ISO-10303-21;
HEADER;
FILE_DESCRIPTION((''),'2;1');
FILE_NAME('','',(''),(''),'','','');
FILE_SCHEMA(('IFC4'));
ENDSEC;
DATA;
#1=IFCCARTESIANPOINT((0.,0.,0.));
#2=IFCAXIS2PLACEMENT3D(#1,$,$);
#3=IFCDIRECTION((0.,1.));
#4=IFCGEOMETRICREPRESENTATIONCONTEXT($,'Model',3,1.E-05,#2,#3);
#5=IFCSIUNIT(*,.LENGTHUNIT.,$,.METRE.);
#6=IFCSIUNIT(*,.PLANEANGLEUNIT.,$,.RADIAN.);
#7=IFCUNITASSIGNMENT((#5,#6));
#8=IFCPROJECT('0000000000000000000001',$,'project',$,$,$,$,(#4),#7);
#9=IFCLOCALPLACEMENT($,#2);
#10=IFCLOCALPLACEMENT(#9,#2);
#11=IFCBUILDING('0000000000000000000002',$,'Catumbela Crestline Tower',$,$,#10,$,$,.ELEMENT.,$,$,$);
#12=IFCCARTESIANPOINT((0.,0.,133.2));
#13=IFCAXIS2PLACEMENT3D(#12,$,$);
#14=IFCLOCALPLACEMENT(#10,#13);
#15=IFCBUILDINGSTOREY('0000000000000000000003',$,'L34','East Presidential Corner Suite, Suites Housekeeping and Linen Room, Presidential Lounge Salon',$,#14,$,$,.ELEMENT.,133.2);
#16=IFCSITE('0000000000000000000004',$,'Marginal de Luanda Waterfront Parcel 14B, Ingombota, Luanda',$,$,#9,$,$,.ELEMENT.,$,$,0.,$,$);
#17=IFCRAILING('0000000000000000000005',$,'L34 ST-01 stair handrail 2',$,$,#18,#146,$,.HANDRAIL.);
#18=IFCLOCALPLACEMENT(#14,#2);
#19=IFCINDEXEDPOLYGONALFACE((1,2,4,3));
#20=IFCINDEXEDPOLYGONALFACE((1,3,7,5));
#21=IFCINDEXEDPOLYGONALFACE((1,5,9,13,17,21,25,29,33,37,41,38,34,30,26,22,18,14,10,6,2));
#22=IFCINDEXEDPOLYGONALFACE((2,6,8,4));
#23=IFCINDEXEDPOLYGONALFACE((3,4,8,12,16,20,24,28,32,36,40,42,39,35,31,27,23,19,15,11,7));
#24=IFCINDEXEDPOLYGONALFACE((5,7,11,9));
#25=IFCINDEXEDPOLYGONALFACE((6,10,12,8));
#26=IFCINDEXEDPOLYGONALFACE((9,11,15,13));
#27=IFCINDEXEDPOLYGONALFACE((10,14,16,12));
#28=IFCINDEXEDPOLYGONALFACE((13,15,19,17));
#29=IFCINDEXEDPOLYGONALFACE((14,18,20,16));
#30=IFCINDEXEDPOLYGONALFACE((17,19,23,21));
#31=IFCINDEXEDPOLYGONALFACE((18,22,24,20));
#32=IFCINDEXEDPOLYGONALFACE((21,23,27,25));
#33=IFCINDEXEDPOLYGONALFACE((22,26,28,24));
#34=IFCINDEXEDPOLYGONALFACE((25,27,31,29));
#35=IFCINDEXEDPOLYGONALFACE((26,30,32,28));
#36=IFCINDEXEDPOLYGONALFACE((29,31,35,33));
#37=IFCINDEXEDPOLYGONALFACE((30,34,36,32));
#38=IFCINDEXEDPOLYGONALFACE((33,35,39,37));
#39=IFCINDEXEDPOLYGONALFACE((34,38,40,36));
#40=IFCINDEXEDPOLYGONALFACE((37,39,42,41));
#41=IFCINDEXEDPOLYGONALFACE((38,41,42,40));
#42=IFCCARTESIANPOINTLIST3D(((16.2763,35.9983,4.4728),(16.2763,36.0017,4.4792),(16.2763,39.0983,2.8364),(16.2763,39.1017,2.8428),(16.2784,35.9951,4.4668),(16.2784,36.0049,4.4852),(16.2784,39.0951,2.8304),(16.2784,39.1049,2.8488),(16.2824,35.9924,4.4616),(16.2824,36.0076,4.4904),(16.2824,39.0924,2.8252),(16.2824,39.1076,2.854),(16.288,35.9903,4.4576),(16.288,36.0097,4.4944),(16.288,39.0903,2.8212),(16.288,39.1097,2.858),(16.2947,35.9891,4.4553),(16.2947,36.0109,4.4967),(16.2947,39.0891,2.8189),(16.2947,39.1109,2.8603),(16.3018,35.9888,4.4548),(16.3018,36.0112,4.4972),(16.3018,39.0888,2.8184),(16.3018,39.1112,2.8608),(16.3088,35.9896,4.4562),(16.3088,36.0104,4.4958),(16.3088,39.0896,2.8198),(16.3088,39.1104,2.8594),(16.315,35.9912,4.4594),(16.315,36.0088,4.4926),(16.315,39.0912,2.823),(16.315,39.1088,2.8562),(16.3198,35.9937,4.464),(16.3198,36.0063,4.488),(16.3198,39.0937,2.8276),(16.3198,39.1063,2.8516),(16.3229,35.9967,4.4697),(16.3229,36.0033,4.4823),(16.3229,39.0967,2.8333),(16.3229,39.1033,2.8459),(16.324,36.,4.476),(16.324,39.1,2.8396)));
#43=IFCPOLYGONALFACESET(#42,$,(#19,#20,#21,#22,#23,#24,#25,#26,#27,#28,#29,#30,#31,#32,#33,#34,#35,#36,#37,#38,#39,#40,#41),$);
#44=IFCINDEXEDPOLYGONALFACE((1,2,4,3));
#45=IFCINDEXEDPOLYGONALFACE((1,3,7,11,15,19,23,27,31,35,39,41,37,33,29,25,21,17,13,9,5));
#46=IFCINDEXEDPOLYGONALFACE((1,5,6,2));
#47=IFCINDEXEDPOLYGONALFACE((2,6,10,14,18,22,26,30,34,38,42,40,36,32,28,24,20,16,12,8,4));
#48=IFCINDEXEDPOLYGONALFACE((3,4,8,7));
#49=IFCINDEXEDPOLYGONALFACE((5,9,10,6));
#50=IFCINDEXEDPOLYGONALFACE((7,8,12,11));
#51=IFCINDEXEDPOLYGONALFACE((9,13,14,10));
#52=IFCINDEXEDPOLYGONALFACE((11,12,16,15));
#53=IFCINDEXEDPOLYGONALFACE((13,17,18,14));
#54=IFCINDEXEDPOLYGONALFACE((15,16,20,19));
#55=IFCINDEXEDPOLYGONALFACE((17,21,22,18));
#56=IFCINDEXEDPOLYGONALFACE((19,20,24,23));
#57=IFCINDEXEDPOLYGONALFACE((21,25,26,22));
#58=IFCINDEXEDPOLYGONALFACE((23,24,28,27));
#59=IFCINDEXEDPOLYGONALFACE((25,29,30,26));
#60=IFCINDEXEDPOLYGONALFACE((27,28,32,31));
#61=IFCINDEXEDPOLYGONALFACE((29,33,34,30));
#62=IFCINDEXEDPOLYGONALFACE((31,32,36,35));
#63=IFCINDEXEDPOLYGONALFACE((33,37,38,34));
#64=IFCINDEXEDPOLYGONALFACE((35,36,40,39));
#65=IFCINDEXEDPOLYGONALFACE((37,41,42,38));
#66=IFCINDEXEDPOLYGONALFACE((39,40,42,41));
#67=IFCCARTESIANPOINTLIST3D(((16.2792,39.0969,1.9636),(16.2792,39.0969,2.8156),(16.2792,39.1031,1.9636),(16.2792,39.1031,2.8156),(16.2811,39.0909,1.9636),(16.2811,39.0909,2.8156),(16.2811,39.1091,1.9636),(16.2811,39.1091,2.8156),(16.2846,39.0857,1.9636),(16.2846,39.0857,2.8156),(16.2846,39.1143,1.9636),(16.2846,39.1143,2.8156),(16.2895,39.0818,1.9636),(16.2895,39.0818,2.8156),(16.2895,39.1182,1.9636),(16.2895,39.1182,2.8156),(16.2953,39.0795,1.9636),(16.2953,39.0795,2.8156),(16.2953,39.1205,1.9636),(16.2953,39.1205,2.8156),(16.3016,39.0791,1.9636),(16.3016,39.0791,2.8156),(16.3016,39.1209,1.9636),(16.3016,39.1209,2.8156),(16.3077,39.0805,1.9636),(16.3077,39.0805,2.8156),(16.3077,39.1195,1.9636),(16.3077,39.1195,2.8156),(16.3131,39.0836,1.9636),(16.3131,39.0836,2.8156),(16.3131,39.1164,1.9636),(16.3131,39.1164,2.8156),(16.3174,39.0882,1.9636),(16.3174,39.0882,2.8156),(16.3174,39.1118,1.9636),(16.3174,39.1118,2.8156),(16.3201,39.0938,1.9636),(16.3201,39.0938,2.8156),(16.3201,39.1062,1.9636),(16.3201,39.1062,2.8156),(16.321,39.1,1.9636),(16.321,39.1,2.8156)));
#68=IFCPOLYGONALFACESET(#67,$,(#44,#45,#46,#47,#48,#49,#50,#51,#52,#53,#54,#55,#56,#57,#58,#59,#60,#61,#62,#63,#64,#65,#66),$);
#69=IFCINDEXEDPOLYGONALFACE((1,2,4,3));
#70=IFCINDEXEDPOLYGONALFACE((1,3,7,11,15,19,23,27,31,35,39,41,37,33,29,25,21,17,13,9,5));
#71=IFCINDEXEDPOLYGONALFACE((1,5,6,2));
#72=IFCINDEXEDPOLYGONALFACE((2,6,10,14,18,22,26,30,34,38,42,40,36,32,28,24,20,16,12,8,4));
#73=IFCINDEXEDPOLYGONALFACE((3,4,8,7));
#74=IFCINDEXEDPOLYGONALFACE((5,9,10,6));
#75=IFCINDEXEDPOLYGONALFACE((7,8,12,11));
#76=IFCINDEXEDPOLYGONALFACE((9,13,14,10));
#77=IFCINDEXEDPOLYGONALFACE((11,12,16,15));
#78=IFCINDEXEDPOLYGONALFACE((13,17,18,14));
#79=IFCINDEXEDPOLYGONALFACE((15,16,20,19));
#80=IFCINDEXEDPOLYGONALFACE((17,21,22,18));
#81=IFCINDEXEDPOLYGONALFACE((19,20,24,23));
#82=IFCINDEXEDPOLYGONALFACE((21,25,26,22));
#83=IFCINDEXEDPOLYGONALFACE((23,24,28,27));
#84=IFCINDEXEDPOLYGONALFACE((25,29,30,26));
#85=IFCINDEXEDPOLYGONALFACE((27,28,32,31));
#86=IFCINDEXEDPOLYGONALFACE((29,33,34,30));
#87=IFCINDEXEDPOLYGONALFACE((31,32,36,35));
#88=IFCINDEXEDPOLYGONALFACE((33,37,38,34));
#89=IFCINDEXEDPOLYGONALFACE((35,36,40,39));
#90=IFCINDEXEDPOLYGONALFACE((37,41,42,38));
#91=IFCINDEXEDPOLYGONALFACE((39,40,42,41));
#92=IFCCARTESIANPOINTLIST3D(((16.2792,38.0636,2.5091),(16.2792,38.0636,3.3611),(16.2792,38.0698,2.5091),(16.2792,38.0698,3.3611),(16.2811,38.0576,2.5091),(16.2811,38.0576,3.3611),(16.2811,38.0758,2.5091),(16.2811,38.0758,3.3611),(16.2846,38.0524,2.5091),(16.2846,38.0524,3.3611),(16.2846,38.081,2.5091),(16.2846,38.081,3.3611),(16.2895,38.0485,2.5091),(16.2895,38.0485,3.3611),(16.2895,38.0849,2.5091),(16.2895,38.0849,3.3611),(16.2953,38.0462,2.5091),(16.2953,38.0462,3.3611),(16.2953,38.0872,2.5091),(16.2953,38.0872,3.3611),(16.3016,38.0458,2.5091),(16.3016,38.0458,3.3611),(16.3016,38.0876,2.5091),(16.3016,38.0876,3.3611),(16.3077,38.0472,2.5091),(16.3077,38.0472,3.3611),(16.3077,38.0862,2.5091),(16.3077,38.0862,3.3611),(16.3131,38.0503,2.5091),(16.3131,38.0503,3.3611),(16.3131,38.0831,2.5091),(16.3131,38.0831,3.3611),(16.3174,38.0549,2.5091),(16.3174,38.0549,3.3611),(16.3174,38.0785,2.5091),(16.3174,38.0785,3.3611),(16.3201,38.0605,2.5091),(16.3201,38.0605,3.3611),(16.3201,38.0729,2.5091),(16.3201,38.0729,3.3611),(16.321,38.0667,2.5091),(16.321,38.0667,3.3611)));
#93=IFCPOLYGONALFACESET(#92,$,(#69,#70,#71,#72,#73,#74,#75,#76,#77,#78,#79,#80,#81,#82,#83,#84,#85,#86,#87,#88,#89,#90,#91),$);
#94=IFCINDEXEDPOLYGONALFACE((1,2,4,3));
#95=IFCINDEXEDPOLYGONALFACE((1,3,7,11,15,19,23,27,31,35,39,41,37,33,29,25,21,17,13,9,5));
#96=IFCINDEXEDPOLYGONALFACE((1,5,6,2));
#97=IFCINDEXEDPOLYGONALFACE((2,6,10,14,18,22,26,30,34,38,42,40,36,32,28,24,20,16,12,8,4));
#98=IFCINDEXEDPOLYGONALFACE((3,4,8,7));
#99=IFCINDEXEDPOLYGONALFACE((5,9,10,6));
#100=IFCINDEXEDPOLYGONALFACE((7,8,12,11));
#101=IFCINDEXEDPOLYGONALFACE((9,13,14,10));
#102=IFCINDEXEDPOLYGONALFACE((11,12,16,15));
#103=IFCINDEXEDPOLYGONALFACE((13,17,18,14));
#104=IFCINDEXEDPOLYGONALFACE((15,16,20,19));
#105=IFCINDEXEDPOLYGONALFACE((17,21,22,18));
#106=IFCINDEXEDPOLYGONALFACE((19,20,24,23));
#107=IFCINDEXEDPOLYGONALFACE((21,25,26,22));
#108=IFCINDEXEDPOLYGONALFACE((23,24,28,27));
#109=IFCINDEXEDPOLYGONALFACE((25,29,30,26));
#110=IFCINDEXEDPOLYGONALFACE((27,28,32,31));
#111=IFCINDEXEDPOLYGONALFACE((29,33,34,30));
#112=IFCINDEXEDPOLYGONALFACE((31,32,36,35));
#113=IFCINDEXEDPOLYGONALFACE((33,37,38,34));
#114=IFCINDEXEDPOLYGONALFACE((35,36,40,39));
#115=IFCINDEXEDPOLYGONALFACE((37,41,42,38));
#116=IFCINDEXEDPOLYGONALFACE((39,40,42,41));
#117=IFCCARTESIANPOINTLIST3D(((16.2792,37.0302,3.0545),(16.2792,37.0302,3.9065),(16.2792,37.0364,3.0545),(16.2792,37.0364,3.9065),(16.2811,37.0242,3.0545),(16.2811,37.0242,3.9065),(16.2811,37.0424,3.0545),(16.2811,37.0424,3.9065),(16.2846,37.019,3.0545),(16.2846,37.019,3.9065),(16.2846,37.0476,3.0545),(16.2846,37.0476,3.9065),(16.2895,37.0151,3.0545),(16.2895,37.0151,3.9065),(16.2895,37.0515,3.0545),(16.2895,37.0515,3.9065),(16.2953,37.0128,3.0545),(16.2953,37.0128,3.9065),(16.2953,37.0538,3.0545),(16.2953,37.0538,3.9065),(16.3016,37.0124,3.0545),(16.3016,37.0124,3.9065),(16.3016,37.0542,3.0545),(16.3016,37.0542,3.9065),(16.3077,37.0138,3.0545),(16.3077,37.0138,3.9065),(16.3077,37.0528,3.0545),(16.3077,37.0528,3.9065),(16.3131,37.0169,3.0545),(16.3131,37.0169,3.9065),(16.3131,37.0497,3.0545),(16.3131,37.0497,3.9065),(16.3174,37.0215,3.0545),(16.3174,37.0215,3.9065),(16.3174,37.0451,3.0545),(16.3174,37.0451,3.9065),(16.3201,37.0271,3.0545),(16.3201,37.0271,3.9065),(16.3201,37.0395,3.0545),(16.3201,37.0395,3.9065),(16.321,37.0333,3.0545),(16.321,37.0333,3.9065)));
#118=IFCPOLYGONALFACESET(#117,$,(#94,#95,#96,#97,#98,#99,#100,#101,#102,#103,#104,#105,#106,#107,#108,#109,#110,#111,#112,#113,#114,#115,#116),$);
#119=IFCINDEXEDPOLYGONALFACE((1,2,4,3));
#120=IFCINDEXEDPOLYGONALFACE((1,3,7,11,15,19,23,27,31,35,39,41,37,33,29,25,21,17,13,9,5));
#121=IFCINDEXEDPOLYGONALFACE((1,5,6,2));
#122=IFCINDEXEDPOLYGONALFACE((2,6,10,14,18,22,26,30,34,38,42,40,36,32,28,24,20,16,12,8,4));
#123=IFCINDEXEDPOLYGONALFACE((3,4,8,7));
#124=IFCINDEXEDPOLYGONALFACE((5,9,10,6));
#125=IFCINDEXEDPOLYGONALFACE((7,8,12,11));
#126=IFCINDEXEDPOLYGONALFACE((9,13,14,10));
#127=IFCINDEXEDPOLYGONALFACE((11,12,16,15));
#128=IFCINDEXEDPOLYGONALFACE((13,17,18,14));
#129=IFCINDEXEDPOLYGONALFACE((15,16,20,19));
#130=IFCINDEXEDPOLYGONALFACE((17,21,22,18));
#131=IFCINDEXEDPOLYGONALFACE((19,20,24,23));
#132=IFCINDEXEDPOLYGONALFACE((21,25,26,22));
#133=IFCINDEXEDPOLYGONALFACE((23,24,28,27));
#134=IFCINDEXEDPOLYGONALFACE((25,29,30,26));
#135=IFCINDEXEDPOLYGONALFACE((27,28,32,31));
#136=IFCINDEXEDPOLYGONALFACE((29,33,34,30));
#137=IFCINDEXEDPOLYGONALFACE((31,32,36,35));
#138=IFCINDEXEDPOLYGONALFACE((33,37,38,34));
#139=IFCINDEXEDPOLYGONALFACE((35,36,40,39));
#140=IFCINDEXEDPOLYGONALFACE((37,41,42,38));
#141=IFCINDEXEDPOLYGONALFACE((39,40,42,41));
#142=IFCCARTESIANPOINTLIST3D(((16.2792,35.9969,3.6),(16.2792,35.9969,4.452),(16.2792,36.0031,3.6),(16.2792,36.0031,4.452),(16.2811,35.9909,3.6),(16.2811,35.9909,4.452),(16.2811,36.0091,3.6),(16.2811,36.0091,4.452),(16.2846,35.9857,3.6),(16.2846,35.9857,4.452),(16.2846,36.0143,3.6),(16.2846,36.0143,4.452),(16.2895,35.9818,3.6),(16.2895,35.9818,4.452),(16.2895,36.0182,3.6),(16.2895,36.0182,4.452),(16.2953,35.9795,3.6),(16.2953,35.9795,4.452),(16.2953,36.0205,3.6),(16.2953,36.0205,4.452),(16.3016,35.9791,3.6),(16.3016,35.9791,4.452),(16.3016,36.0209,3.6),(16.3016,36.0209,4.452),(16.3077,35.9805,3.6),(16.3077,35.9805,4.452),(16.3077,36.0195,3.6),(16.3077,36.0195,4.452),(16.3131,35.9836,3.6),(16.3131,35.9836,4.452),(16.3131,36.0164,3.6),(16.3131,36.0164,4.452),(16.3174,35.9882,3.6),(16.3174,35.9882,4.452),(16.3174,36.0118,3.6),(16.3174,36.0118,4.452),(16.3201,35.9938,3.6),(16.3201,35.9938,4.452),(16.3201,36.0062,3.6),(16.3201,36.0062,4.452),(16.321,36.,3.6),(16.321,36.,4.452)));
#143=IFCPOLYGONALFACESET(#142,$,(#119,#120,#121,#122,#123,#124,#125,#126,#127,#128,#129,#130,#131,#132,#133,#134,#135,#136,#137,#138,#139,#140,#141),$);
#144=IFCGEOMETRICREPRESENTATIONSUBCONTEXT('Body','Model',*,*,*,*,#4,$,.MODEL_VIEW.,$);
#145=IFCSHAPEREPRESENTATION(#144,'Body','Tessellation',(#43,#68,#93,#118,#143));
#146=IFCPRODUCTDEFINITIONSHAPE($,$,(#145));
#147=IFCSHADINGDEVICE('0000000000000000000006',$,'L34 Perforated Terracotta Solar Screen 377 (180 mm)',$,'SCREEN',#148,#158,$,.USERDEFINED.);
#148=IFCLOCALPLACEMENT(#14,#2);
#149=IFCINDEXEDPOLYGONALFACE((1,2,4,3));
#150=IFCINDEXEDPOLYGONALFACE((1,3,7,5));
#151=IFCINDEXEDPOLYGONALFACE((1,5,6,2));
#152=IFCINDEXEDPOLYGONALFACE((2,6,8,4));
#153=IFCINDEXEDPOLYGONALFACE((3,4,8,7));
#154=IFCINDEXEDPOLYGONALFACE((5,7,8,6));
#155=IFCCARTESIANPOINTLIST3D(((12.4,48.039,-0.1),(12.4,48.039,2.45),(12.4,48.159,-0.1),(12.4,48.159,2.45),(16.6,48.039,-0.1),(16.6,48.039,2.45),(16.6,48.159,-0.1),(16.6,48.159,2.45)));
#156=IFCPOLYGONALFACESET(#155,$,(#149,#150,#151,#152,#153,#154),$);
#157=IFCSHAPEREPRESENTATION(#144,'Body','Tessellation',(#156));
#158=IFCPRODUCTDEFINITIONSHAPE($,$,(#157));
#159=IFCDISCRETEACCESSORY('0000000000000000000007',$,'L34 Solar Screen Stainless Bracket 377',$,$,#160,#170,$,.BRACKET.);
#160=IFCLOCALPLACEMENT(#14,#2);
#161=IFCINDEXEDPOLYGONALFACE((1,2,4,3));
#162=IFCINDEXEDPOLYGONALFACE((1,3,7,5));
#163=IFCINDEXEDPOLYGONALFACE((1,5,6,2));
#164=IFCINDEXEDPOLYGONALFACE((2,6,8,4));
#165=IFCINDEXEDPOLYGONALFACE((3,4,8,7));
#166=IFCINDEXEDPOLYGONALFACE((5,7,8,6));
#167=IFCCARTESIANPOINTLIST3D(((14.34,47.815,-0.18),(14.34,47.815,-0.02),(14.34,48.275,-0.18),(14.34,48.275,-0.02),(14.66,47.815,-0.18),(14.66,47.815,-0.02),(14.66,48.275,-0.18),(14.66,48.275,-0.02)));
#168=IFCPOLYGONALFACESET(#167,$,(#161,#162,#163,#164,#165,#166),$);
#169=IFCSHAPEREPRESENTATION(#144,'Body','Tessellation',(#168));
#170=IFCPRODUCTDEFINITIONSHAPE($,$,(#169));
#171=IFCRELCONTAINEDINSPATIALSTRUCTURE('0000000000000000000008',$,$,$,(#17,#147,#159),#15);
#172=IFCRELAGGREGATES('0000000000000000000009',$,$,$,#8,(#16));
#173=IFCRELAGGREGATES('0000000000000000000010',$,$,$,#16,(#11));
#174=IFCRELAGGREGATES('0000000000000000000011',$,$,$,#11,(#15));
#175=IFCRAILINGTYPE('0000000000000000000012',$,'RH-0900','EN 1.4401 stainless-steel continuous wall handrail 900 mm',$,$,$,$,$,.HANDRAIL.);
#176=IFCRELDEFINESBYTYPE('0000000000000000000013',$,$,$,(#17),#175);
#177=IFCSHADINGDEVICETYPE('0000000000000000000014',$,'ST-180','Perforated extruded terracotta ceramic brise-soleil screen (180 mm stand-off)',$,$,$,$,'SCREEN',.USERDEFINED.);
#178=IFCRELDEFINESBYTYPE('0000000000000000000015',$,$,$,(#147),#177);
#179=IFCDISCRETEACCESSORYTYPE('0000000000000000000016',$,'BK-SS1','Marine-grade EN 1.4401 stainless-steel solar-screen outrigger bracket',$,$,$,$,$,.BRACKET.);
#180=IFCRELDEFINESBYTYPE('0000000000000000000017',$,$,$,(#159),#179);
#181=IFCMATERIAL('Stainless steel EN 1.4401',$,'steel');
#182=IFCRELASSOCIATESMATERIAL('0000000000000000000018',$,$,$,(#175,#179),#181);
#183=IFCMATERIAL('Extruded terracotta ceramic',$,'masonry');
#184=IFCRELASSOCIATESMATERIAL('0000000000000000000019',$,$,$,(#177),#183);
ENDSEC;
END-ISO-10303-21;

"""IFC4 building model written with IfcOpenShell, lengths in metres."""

from ifc_helpers import new_model, si_unit, direction, frame, origin, origin_2d, place, context, subcontext, project, spatial, rectangle, circle, extrude, material, type_object, element, save


model = new_model("IFC4")

# Units and contexts
model_context = context("Model", 3, precision=1e-05, world=origin(), true_north=direction((0.0, 1.0)))
body_context = subcontext(model_context, "Body", "Model", "MODEL_VIEW")
ifc_project = project(units=[si_unit("LENGTHUNIT", "METRE"), si_unit("PLANEANGLEUNIT", "RADIAN")], contexts=[model_context])

# Site, building, storey
site_placement = place(None, origin())
site = spatial("IfcSite", under=ifc_project, at=site_placement, Name="Marginal de Luanda Waterfront Parcel 14B, Ingombota, Luanda", CompositionType="ELEMENT", RefElevation=0.0)
building_placement = place(site_placement, origin())
building = spatial("IfcBuilding", under=site, at=building_placement, Name="Catumbela Crestline Tower", CompositionType="ELEMENT")
storey_placement = place(building_placement, frame((0.0, 0.0, 133.2)))
storey = spatial("IfcBuildingStorey", under=building, at=storey_placement, Name="L34", Description="East Presidential Corner Suite, Suites Housekeeping and Linen Room, Presidential Lounge Salon", CompositionType="ELEMENT", Elevation=133.2)

# Railing
ifc_material_1 = material(Name="Stainless steel EN 1.4401", Category="steel")
railing_type_1 = type_object("IfcRailingType", Name="RH-0900", Description="EN 1.4401 stainless-steel continuous wall handrail 900 mm", PredefinedType="HANDRAIL", material=ifc_material_1)
railing_1_placement = place(storey_placement, frame((16.3, 39.1, 1.9636)))
element("IfcRailing", 1, at=railing_1_placement, inside=storey, type_object=railing_type_1, Name="L34 ST-01 stair handrail 2", PredefinedType="HANDRAIL", context=body_context, shape_type="SweptSolid", body=[
    extrude(circle(Radius=0.024, at=origin_2d()), frame((0.0, 0.0, 0.876), z_axis=(0.0, -0.884351, 0.466823), x_axis=(1.0, 0.0, 0.0)), (0.0, 0.0, 1.0), 3.5054),
    extrude(circle(Radius=0.021, at=origin_2d()), origin(), (0.0, 0.0, 1.0), 0.852),
    extrude(circle(Radius=0.021, at=origin_2d()), frame((0.0, -1.0333, 0.5455)), (0.0, 0.0, 1.0), 0.852),
    extrude(circle(Radius=0.021, at=origin_2d()), frame((0.0, -2.0667, 1.0909)), (0.0, 0.0, 1.0), 0.852),
    extrude(circle(Radius=0.021, at=origin_2d()), frame((0.0, -3.1, 1.6364)), (0.0, 0.0, 1.0), 0.852),
])

# Shading device
ifc_material_2 = material(Name="Extruded terracotta ceramic", Category="masonry")
shading_device_type = type_object("IfcShadingDeviceType", Name="ST-180", Description="Perforated extruded terracotta ceramic brise-soleil screen (180 mm stand-off)", ElementType="SCREEN", PredefinedType="USERDEFINED", material=ifc_material_2)
shading_device_placement = place(storey_placement, frame((14.5, 48.099, -0.1), z_axis=(0.0, 0.0, 1.0), x_axis=(-1.0, 0.0, 0.0)))
element("IfcShadingDevice", 2, at=shading_device_placement, inside=storey, type_object=shading_device_type, Name="L34 Perforated Terracotta Solar Screen 377 (180 mm)", ObjectType="SCREEN", PredefinedType="USERDEFINED", context=body_context, shape_type="SweptSolid", body=[
    extrude(rectangle(XDim=4.2, YDim=0.12, at=origin_2d()), origin(), (0.0, 0.0, 1.0), 2.55),
])

# Discrete accessory
discrete_accessory_type = type_object("IfcDiscreteAccessoryType", Name="BK-SS1", Description="Marine-grade EN 1.4401 stainless-steel solar-screen outrigger bracket", PredefinedType="BRACKET", material=ifc_material_1)
discrete_accessory_placement = place(storey_placement, frame((14.5, 48.045, -0.18), z_axis=(0.0, 0.0, 1.0), x_axis=(-1.0, 0.0, 0.0)))
element("IfcDiscreteAccessory", 3, at=discrete_accessory_placement, inside=storey, type_object=discrete_accessory_type, Name="L34 Solar Screen Stainless Bracket 377", PredefinedType="BRACKET", context=body_context, shape_type="SweptSolid", body=[
    extrude(rectangle(XDim=0.32, YDim=0.46, at=origin_2d()), origin(), (0.0, 0.0, 1.0), 0.16),
])

save(model, "model.ifc")
